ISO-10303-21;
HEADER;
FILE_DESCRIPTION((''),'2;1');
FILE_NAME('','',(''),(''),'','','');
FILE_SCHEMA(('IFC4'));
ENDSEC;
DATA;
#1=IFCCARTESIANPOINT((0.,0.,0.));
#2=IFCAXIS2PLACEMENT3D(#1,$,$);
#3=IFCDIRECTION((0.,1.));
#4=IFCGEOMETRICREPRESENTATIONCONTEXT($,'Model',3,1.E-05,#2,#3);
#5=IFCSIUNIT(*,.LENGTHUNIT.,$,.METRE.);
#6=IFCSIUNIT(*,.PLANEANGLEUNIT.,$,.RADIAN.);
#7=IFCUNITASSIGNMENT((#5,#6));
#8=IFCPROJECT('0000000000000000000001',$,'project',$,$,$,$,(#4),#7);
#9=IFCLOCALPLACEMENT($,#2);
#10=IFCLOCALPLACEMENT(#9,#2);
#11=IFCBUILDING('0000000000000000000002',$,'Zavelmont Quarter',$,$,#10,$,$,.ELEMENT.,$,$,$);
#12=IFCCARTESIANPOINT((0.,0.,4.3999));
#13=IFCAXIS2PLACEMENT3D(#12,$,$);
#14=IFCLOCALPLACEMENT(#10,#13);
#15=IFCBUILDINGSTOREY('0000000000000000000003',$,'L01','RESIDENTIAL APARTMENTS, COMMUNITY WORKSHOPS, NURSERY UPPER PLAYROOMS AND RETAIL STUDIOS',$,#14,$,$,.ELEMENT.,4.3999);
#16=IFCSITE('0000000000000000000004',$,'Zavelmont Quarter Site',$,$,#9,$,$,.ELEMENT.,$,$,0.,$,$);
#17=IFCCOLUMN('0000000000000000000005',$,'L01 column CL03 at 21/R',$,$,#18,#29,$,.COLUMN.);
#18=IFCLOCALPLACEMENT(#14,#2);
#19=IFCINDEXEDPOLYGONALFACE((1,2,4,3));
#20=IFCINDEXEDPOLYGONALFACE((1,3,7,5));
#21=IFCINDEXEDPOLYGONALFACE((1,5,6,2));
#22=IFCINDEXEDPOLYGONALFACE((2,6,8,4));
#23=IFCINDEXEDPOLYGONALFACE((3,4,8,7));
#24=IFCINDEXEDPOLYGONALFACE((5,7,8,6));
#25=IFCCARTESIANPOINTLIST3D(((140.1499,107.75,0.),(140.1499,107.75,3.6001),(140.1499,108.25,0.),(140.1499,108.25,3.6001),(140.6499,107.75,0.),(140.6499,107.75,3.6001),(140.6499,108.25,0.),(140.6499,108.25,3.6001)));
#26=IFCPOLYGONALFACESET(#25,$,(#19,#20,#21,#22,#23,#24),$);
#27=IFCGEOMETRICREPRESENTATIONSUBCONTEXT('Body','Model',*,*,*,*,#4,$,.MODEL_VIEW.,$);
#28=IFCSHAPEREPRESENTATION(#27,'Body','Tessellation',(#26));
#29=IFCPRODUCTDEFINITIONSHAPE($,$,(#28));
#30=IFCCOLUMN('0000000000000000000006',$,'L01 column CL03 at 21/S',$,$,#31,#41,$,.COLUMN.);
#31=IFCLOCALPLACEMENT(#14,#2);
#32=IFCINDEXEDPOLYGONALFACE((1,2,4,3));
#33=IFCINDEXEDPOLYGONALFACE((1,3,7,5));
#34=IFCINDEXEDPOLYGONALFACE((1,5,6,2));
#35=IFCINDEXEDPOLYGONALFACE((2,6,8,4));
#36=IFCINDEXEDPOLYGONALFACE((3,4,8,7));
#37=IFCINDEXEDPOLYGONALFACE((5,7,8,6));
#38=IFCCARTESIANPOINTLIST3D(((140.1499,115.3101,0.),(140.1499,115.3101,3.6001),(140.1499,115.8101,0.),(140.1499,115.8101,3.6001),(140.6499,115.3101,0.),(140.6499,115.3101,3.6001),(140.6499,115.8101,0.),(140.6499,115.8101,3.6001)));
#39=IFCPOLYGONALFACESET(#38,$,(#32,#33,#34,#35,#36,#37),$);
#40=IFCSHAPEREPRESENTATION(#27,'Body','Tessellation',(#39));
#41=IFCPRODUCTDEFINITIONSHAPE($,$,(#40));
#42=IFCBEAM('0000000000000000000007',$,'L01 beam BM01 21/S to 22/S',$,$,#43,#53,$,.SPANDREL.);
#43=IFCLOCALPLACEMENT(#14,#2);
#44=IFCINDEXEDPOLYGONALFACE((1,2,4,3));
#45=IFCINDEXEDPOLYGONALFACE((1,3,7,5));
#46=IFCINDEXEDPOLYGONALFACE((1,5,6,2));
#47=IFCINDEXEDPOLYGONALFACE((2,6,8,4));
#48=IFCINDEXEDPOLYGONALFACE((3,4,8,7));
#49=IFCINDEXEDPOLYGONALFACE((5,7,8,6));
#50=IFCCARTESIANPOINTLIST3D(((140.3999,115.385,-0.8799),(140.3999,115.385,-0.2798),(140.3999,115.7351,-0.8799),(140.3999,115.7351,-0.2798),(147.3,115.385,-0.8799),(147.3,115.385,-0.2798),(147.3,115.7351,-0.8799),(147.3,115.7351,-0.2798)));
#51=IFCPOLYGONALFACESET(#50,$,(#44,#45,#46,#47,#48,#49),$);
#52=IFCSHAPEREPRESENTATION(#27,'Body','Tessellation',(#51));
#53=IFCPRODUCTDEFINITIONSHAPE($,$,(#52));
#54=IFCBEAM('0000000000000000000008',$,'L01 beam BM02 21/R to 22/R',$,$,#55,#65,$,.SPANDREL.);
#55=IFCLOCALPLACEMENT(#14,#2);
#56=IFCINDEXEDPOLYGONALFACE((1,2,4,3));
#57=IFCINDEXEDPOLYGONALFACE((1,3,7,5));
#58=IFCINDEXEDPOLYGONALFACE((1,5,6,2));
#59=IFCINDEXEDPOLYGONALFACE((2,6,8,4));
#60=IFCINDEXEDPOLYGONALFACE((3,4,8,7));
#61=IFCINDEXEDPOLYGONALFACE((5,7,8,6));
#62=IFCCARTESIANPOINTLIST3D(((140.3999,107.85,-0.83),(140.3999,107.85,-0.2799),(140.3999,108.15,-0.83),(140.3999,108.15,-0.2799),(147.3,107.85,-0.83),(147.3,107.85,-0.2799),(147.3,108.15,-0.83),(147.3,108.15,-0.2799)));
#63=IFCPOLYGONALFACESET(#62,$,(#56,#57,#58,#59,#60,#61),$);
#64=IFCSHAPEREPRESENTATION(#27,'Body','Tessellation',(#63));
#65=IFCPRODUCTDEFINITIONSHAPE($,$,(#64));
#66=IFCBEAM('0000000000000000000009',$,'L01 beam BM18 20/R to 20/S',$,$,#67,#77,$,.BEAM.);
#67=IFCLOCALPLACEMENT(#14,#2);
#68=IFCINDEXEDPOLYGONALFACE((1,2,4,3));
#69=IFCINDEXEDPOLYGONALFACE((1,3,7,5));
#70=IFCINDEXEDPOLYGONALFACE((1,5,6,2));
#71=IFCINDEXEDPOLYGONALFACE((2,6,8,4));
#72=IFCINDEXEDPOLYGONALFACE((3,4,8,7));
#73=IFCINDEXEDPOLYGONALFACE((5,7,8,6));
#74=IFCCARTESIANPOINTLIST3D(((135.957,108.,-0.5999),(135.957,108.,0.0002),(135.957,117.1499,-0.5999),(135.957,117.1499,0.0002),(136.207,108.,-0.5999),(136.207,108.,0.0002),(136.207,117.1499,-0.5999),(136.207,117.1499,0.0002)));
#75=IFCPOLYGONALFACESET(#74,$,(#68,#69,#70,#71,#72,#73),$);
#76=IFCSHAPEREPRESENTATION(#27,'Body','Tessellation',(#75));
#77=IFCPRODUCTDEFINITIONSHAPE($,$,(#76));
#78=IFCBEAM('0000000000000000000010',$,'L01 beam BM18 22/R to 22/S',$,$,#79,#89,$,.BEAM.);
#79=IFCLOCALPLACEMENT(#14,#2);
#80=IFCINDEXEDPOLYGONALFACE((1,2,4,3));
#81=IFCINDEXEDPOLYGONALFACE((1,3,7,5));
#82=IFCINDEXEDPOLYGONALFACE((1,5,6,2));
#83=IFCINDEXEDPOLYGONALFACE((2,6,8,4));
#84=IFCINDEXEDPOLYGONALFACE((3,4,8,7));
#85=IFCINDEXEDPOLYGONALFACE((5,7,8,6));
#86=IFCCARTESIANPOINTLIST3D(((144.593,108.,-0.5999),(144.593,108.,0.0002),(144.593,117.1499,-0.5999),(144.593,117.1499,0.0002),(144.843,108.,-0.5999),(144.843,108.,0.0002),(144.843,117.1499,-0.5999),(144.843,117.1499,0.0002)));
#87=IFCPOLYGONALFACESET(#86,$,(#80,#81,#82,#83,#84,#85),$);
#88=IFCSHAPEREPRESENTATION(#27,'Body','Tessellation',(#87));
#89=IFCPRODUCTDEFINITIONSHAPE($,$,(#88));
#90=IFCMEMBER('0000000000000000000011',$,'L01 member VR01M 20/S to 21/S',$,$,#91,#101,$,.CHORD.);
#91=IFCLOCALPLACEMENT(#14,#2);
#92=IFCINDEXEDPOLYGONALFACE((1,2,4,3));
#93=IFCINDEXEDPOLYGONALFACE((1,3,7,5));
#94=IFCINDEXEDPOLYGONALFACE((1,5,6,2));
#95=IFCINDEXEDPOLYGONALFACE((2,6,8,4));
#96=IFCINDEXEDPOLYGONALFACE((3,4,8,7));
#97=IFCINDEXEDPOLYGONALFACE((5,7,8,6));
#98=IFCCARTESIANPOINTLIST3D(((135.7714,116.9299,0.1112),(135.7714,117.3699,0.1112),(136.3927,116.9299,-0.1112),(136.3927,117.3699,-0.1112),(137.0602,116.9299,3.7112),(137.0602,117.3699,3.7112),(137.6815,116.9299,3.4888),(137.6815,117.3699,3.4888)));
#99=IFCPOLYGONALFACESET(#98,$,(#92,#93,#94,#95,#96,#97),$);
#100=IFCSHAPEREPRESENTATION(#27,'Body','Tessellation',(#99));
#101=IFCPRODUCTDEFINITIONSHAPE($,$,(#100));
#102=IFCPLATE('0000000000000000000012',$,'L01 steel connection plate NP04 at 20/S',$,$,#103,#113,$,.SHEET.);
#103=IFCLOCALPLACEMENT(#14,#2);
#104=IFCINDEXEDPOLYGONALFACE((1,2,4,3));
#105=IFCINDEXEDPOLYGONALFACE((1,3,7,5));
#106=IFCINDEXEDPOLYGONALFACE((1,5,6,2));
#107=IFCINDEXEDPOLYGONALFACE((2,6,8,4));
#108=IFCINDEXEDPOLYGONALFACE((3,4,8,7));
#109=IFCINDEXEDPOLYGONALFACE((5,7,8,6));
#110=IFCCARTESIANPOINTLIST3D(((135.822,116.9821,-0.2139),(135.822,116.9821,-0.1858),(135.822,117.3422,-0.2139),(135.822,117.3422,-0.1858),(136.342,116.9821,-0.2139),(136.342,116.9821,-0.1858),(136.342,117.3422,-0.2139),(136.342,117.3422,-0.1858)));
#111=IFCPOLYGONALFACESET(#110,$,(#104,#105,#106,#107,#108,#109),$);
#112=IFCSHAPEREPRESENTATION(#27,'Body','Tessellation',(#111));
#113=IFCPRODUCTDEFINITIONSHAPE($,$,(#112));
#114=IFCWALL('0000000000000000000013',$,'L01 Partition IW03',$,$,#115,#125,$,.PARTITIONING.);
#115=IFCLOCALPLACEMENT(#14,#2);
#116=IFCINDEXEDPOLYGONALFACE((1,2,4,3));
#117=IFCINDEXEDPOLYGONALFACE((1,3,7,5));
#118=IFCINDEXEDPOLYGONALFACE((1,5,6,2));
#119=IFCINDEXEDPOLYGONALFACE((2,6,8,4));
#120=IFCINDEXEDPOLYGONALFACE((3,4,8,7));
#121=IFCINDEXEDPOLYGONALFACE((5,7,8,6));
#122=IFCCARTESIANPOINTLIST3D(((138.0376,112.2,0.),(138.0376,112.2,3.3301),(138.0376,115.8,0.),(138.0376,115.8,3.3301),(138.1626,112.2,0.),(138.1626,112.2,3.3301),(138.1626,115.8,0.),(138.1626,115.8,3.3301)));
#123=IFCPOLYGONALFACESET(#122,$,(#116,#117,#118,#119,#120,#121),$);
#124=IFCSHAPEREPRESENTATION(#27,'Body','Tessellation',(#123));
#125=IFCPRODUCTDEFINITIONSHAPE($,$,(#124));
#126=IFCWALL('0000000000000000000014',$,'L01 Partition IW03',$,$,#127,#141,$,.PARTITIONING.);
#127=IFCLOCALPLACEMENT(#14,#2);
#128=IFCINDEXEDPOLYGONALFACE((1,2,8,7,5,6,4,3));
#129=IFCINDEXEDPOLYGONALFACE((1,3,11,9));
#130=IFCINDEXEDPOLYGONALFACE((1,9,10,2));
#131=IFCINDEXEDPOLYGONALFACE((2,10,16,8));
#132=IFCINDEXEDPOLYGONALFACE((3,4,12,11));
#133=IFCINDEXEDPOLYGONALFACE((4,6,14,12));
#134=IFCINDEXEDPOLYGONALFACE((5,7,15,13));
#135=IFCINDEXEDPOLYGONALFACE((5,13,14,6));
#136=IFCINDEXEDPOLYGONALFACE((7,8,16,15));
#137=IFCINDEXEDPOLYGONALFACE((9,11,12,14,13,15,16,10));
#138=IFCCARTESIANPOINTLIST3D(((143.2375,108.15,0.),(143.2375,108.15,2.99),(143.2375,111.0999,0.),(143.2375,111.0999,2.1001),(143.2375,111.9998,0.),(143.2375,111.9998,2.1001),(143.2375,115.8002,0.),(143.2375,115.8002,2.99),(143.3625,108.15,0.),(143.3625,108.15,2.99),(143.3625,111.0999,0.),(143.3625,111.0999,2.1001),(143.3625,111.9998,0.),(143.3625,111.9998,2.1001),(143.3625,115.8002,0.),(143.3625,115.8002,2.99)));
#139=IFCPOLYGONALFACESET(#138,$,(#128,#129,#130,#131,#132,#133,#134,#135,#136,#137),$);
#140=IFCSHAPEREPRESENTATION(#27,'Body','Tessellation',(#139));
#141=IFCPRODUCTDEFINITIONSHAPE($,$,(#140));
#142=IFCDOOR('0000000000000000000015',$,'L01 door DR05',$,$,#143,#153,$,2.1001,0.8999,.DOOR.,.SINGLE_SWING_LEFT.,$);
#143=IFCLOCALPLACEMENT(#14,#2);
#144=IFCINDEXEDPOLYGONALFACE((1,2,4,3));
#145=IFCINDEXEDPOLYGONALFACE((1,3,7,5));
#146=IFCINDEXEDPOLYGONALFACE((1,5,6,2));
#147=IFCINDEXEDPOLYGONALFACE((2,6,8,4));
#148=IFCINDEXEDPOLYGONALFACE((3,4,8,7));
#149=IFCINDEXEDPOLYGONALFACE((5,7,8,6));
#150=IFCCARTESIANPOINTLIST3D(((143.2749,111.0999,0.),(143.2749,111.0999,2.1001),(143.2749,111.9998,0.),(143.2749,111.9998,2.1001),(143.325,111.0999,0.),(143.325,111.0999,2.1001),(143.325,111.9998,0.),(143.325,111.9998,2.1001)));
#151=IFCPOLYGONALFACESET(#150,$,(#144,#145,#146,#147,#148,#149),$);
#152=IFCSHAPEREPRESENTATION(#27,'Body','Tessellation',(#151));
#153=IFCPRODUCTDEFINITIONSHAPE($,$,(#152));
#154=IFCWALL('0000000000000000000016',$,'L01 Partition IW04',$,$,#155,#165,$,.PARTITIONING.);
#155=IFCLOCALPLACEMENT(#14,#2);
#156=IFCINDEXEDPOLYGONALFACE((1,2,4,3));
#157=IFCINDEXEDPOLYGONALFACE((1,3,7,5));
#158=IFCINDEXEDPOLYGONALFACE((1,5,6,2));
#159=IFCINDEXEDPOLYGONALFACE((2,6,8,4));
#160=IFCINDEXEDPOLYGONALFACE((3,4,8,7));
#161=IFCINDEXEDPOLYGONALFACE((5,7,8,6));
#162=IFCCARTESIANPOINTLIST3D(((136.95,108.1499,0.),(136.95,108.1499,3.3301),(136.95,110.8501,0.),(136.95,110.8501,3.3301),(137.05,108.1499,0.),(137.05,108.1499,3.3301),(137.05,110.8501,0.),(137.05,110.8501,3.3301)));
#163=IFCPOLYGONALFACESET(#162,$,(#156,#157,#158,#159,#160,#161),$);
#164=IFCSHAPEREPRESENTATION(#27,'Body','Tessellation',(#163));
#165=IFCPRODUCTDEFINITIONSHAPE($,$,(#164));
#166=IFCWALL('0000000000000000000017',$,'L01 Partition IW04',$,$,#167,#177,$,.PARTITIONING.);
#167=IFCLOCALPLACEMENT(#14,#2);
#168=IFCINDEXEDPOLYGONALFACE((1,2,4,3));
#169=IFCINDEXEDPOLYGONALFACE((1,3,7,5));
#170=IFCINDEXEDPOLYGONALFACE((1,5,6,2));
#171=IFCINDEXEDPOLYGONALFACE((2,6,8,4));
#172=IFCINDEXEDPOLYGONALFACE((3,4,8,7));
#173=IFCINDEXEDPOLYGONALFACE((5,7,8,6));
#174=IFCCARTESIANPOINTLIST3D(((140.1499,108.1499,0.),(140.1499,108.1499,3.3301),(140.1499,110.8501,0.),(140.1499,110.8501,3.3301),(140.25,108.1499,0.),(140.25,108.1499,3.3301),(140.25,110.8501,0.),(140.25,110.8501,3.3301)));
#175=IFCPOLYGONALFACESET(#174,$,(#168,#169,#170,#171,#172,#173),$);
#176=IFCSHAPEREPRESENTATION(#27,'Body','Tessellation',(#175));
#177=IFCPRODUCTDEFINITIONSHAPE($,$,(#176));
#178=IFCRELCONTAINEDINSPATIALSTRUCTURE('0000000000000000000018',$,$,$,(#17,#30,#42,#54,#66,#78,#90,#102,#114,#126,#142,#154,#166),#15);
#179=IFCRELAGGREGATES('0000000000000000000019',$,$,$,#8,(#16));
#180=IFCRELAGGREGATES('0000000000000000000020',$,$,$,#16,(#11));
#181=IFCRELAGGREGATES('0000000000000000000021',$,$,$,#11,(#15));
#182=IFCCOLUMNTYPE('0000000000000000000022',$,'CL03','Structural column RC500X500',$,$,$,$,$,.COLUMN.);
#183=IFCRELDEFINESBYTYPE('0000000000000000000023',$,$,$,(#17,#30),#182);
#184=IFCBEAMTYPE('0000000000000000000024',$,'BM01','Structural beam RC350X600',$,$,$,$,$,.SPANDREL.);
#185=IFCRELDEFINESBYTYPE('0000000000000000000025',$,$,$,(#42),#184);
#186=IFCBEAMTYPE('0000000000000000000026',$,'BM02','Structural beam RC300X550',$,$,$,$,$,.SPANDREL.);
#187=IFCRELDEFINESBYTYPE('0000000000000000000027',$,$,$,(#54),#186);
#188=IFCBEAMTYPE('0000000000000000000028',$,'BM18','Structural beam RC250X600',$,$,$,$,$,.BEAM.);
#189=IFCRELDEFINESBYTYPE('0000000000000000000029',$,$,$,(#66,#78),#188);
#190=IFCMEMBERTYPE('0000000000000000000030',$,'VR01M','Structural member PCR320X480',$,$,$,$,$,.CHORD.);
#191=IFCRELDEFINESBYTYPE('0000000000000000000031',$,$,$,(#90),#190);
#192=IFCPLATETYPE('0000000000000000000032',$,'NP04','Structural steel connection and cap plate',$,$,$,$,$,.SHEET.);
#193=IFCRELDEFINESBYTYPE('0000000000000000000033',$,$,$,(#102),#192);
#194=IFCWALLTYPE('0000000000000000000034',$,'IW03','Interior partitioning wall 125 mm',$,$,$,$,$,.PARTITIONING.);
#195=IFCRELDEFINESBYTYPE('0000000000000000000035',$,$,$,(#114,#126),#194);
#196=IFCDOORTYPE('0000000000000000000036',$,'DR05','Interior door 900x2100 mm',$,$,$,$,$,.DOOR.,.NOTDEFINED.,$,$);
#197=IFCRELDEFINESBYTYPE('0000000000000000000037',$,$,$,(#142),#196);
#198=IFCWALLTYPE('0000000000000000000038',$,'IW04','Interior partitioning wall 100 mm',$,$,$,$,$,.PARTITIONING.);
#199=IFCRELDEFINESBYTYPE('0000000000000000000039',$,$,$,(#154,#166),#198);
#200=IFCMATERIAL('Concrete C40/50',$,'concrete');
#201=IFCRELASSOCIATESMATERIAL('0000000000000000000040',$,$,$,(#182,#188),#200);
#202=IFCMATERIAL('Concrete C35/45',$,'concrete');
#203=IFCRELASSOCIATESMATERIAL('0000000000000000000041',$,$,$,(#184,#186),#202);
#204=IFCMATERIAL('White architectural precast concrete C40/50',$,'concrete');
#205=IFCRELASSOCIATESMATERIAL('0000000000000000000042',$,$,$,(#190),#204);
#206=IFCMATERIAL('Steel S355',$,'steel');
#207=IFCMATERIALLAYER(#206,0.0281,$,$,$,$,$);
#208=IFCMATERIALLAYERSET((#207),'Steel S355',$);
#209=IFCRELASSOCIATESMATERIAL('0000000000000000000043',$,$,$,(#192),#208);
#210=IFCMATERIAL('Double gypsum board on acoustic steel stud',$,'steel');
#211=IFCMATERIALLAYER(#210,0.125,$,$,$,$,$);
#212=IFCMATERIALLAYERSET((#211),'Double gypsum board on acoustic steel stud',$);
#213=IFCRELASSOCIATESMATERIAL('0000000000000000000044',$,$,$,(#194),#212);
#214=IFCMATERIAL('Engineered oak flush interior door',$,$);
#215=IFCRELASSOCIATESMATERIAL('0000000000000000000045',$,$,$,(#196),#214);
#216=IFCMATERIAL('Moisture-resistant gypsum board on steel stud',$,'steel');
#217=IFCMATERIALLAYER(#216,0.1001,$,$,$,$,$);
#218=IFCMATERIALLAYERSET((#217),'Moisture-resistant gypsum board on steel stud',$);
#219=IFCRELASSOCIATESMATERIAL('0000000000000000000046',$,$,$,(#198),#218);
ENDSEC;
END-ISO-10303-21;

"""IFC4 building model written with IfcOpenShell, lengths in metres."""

from ifc_helpers import new_model, si_unit, direction, frame, frame_2d, origin, origin_2d, place, context, subcontext, project, spatial, rectangle, extrude, material, layer, layer_set, material_profile, profile_set, type_object, element, fill, save


model = new_model("IFC4")

# Units and contexts
model_context = context("Model", 3, precision=1e-05, world=origin(), true_north=direction((0.0, 1.0)))
body_context = subcontext(model_context, "Body", "Model", "MODEL_VIEW")
ifc_project = project(units=[si_unit("LENGTHUNIT", "METRE"), si_unit("PLANEANGLEUNIT", "RADIAN")], contexts=[model_context])

# Site, building, storey
site_placement = place(None, origin())
site = spatial("IfcSite", under=ifc_project, at=site_placement, Name="Zavelmont Quarter Site", CompositionType="ELEMENT", RefElevation=0.0)
building_placement = place(site_placement, origin())
building = spatial("IfcBuilding", under=site, at=building_placement, Name="Zavelmont Quarter", CompositionType="ELEMENT")
storey_placement = place(building_placement, frame((0.0, 0.0, 4.3999)))
storey = spatial("IfcBuildingStorey", under=building, at=storey_placement, Name="L01", Description="RESIDENTIAL APARTMENTS, COMMUNITY WORKSHOPS, NURSERY UPPER PLAYROOMS AND RETAIL STUDIOS", CompositionType="ELEMENT", Elevation=4.3999)

# Columns
ifc_material_1 = material(Name="Concrete C40/50", Category="concrete")
ifc_material_profile_1 = material_profile(ifc_material_1, rectangle(XDim=0.5, YDim=0.5, at=origin_2d()), Name="RC500X500")
ifc_profile_set_1 = profile_set([ifc_material_profile_1], Name="Concrete C40/50")
column_type = type_object("IfcColumnType", Name="CL03", Description="Structural column RC500X500", PredefinedType="COLUMN", material=ifc_profile_set_1)
for number, where, z_axis, x_axis, name in (
    (1, (140.3999, 108.0, 0.0), (0.0, 0.0, 1.0), (1.0, 0.0, 0.0), "L01 column CL03 at 21/R"),
    (2, (140.3999, 115.5601, 0.0), (0.0, 0.0, 1.0), (1.0, 0.0, 0.0), "L01 column CL03 at 21/S"),
):
    element("IfcColumn", number, at=place(storey_placement, frame(where, z_axis=z_axis, x_axis=x_axis)), inside=storey, type_object=column_type, Name=name, PredefinedType="COLUMN", context=body_context, shape_type="SweptSolid", body=[
        extrude(rectangle(XDim=0.5, YDim=0.5, at=origin_2d()), origin(), (0.0, 0.0, 1.0), 3.6001),
    ])

# Beams
ifc_material_2 = material(Name="Concrete C35/45", Category="concrete")
ifc_material_profile_2 = material_profile(ifc_material_2, rectangle(XDim=0.3501, YDim=0.6001, at=origin_2d()), Name="RC350X600")
ifc_profile_set_2 = profile_set([ifc_material_profile_2], Name="Concrete C35/45")
beam_type_1 = type_object("IfcBeamType", Name="BM01", Description="Structural beam RC350X600", PredefinedType="SPANDREL", material=ifc_profile_set_2)
beam_1_placement = place(storey_placement, frame((140.3999, 115.5601, -0.5798), z_axis=(1.0, 0.0, 0.0), x_axis=(0.0, 1.0, 0.0)))
element("IfcBeam", 3, at=beam_1_placement, inside=storey, type_object=beam_type_1, Name="L01 beam BM01 21/S to 22/S", PredefinedType="SPANDREL", context=body_context, shape_type="SweptSolid", body=[
    extrude(rectangle(XDim=0.3501, YDim=0.6001, at=origin_2d()), origin(), (0.0, 0.0, 1.0), 6.9001),
])
ifc_material_profile_3 = material_profile(ifc_material_2, rectangle(XDim=0.3, YDim=0.55, at=origin_2d()), Name="RC300X550")
ifc_profile_set_3 = profile_set([ifc_material_profile_3], Name="Concrete C35/45")
beam_type_2 = type_object("IfcBeamType", Name="BM02", Description="Structural beam RC300X550", PredefinedType="SPANDREL", material=ifc_profile_set_3)
beam_2_placement = place(storey_placement, frame((140.3999, 108.0, -0.5549), z_axis=(1.0, 0.0, 0.0), x_axis=(0.0, 1.0, 0.0)))
element("IfcBeam", 4, at=beam_2_placement, inside=storey, type_object=beam_type_2, Name="L01 beam BM02 21/R to 22/R", PredefinedType="SPANDREL", context=body_context, shape_type="SweptSolid", body=[
    extrude(rectangle(XDim=0.3, YDim=0.55, at=origin_2d()), origin(), (0.0, 0.0, 1.0), 6.9001),
])
ifc_material_profile_4 = material_profile(ifc_material_1, rectangle(XDim=0.25, YDim=0.6001, at=origin_2d()), Name="RC250X600")
ifc_profile_set_4 = profile_set([ifc_material_profile_4], Name="Concrete C40/50")
beam_type_3 = type_object("IfcBeamType", Name="BM18", Description="Structural beam RC250X600", PredefinedType="BEAM", material=ifc_profile_set_4)
for number, where, z_axis, x_axis, name in (
    (5, (136.082, 108.0, -0.2998), (0.0, 1.0, 0.0), (-1.0, 0.0, 0.0), "L01 beam BM18 20/R to 20/S"),
    (6, (144.718, 108.0, -0.2998), (0.0, 1.0, 0.0), (-1.0, 0.0, 0.0), "L01 beam BM18 22/R to 22/S"),
):
    element("IfcBeam", number, at=place(storey_placement, frame(where, z_axis=z_axis, x_axis=x_axis)), inside=storey, type_object=beam_type_3, Name=name, PredefinedType="BEAM", context=body_context, shape_type="SweptSolid", body=[
        extrude(rectangle(XDim=0.25, YDim=0.6001, at=origin_2d()), origin(), (0.0, 0.0, 1.0), 9.1499),
    ])

# Member
ifc_material_3 = material(Name="White architectural precast concrete C40/50", Category="concrete")
ifc_material_profile_5 = material_profile(ifc_material_3, rectangle(XDim=0.4399, YDim=0.6599, at=origin_2d()), Name="PCR320X480")
ifc_profile_set_5 = profile_set([ifc_material_profile_5], Name="White architectural precast concrete C40/50")
member_type = type_object("IfcMemberType", Name="VR01M", Description="Structural member PCR320X480", PredefinedType="CHORD", material=ifc_profile_set_5)
member_placement = place(storey_placement, frame((136.082, 117.1499, 0.0), z_axis=(0.337048, 0.0, 0.941487), x_axis=(0.0, 1.0, 0.0)))
element("IfcMember", 7, at=member_placement, inside=storey, type_object=member_type, Name="L01 member VR01M 20/S to 21/S", PredefinedType="CHORD", context=body_context, shape_type="SweptSolid", body=[
    extrude(rectangle(XDim=0.4399, YDim=0.6599, at=origin_2d()), origin(), (0.0, 0.0, 1.0), 3.8237),
])

# Plate
ifc_material_4 = material(Name="Steel S355", Category="steel")
ifc_layer_1 = layer(ifc_material_4, 0.0281)
ifc_layer_set_1 = layer_set([ifc_layer_1], Name="Steel S355")
plate_type = type_object("IfcPlateType", Name="NP04", Description="Structural steel connection and cap plate", PredefinedType="SHEET", material=ifc_layer_set_1)
plate_placement = place(storey_placement, frame((136.082, 117.1621, -0.2139), z_axis=(0.0, 0.0, 1.0), x_axis=(1.0, 0.0, 0.0)))
element("IfcPlate", 8, at=plate_placement, inside=storey, type_object=plate_type, Name="L01 steel connection plate NP04 at 20/S", PredefinedType="SHEET", context=body_context, shape_type="SweptSolid", body=[
    extrude(rectangle(XDim=0.52, YDim=0.3601, at=origin_2d()), origin(), (0.0, 0.0, 1.0), 0.0281),
])

# Wall
ifc_material_5 = material(Name="Double gypsum board on acoustic steel stud", Category="steel")
ifc_layer_2 = layer(ifc_material_5, 0.125)
ifc_layer_set_2 = layer_set([ifc_layer_2], Name="Double gypsum board on acoustic steel stud")
wall_type_1 = type_object("IfcWallType", Name="IW03", Description="Interior partitioning wall 125 mm", PredefinedType="PARTITIONING", material=ifc_layer_set_2)
wall_1_placement = place(storey_placement, frame((138.1001, 112.2, 0.0), z_axis=(0.0, 0.0, 1.0), x_axis=(0.0, 1.0, 0.0)))
element("IfcWall", 9, at=wall_1_placement, inside=storey, type_object=wall_type_1, Name="L01 Partition IW03", PredefinedType="PARTITIONING", context=body_context, shape_type="SweptSolid", body=[
    extrude(rectangle(XDim=3.6001, YDim=0.125, at=frame_2d((1.8, 0.0))), origin(), (0.0, 0.0, 1.0), 3.3301),
])

# Wall, opening, door
wall_2_placement = place(storey_placement, frame((143.3, 108.1499, 0.0), z_axis=(0.0, 0.0, 1.0), x_axis=(0.0, 1.0, 0.0)))
wall_2 = element("IfcWall", 10, at=wall_2_placement, inside=storey, type_object=wall_type_1, Name="L01 Partition IW03", PredefinedType="PARTITIONING", context=body_context, shape_type="SweptSolid", body=[
    extrude(rectangle(XDim=7.6501, YDim=0.125, at=frame_2d((3.8252, 0.0))), origin(), (0.0, 0.0, 1.0), 2.99),
])
opening_placement = place(wall_2_placement, frame((2.95, 0.0, 0.0)))
opening = element("IfcOpeningElement", 11, at=opening_placement, cuts=wall_2, PredefinedType="OPENING", context=body_context, shape_type="SweptSolid", body=[
    extrude(rectangle(XDim=0.8999, YDim=2.1001, at=frame_2d((0.45, 1.05))), frame((0.0, 0.0745, 0.0), z_axis=(0.0, -1.0, 0.0), x_axis=(1.0, 0.0, 0.0)), (0.0, 0.0, 1.0), 0.1489),
])
ifc_material_6 = material(Name="Engineered oak flush interior door")
door_type = type_object("IfcDoorType", Name="DR05", Description="Interior door 900x2100 mm", OperationType="NOTDEFINED", PredefinedType="DOOR", material=ifc_material_6)
door_placement = place(opening_placement, frame((0.8999, 0.0, 0.0), z_axis=(0.0, 0.0, 1.0), x_axis=(-1.0, 0.0, 0.0)))
door = element("IfcDoor", 12, at=door_placement, inside=storey, type_object=door_type, Name="L01 door DR05", OperationType="SINGLE_SWING_LEFT", OverallHeight=2.1001, OverallWidth=0.8999, PredefinedType="DOOR", context=body_context, shape_type="SweptSolid", body=[
    extrude(rectangle(XDim=0.8999, YDim=2.1001, at=frame_2d((0.45, 1.05))), frame((0.0, 0.0249, 0.0), z_axis=(0.0, -1.0, 0.0), x_axis=(1.0, 0.0, 0.0)), (0.0, 0.0, 1.0), 0.05),
])
fill(opening, door)

# Walls
ifc_material_7 = material(Name="Moisture-resistant gypsum board on steel stud", Category="steel")
ifc_layer_3 = layer(ifc_material_7, 0.1001)
ifc_layer_set_3 = layer_set([ifc_layer_3], Name="Moisture-resistant gypsum board on steel stud")
wall_type_2 = type_object("IfcWallType", Name="IW04", Description="Interior partitioning wall 100 mm", PredefinedType="PARTITIONING", material=ifc_layer_set_3)
for number, where, z_axis, x_axis, name in (
    (13, (137.0, 108.1499, 0.0), (0.0, 0.0, 1.0), (0.0, 1.0, 0.0), "L01 Partition IW04"),
    (14, (140.2, 108.1499, 0.0), (0.0, 0.0, 1.0), (0.0, 1.0, 0.0), "L01 Partition IW04"),
):
    element("IfcWall", number, at=place(storey_placement, frame(where, z_axis=z_axis, x_axis=x_axis)), inside=storey, type_object=wall_type_2, Name=name, PredefinedType="PARTITIONING", context=body_context, shape_type="SweptSolid", body=[
        extrude(rectangle(XDim=2.7002, YDim=0.1001, at=frame_2d((1.3501, 0.0))), origin(), (0.0, 0.0, 1.0), 3.3301),
    ])

save(model, "model.ifc")
